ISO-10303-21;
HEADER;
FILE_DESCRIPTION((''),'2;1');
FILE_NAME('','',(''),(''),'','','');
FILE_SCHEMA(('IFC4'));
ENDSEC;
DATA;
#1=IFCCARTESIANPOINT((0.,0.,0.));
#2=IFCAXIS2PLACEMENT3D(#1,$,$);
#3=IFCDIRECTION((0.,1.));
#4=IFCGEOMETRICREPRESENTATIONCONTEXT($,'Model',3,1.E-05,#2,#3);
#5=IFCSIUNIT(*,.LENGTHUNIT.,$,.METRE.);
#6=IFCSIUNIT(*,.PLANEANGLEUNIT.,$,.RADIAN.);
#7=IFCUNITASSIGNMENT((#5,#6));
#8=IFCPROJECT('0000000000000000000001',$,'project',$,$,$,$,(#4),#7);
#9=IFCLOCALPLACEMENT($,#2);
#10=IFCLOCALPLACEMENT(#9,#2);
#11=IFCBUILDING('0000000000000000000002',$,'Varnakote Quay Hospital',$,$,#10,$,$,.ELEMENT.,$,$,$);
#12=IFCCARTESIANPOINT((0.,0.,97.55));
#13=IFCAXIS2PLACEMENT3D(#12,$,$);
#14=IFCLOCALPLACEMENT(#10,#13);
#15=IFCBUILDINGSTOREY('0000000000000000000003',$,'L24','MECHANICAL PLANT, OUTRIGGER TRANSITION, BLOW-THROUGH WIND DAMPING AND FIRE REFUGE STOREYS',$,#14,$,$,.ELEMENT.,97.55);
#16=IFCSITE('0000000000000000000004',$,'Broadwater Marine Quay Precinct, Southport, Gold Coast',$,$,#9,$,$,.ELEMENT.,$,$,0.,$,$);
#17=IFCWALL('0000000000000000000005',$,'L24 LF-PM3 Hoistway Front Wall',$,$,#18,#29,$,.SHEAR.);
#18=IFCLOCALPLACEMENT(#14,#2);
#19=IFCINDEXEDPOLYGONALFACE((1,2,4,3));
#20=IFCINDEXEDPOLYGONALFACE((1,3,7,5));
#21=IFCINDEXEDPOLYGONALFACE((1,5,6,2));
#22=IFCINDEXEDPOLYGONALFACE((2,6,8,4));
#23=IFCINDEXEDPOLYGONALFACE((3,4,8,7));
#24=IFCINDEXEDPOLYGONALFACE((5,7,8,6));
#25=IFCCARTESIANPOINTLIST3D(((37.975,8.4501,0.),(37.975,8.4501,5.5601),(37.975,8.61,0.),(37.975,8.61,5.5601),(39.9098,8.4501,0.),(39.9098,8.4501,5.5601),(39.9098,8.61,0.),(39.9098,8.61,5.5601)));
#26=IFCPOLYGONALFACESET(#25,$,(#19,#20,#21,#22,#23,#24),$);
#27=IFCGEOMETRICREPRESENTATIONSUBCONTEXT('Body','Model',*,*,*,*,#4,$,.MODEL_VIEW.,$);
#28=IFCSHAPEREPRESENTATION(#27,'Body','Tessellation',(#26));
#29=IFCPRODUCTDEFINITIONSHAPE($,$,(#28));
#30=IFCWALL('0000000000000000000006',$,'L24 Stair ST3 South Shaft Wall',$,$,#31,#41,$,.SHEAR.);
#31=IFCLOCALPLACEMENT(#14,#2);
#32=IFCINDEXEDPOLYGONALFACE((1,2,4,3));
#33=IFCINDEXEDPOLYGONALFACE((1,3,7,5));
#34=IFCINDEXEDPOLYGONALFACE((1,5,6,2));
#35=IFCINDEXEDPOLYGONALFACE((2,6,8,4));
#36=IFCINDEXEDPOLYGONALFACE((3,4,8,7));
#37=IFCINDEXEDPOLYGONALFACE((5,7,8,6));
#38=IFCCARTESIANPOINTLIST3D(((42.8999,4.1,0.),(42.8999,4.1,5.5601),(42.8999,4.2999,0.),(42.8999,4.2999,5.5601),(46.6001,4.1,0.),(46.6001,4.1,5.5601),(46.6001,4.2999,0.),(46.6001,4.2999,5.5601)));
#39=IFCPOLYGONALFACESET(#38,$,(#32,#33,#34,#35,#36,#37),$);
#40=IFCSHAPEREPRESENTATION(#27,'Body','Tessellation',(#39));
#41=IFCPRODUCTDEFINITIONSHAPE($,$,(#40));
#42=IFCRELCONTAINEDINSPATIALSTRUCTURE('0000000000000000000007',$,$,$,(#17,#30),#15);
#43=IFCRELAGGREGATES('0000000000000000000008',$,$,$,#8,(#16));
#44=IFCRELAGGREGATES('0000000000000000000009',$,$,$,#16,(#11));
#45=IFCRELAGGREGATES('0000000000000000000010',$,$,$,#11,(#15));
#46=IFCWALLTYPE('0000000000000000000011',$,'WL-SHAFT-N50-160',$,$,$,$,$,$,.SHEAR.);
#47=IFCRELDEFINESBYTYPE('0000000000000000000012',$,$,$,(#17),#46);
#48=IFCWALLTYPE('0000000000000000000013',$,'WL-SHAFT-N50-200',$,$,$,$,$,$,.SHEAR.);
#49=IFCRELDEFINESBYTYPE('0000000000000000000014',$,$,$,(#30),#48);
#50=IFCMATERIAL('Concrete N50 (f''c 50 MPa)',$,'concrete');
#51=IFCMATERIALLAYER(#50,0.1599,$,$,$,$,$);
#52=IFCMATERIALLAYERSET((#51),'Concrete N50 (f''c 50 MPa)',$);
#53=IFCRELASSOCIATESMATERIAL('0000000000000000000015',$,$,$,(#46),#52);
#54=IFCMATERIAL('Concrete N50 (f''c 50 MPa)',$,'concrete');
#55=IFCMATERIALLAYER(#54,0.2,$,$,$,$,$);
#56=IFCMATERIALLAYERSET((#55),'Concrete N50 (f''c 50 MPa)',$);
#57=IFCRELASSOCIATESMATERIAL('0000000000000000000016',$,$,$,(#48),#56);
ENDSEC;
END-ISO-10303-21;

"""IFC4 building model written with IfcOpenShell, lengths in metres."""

from ifc_helpers import new_model, si_unit, direction, frame, frame_2d, origin, place, context, subcontext, project, spatial, rectangle, extrude, material, layer, layer_set, type_object, element, save


model = new_model("IFC4")

# Units and contexts
model_context = context("Model", 3, precision=1e-05, world=origin(), true_north=direction((0.0, 1.0)))
body_context = subcontext(model_context, "Body", "Model", "MODEL_VIEW")
ifc_project = project(units=[si_unit("LENGTHUNIT", "METRE"), si_unit("PLANEANGLEUNIT", "RADIAN")], contexts=[model_context])

# Site, building, storey
site_placement = place(None, origin())
site = spatial("IfcSite", under=ifc_project, at=site_placement, Name="Broadwater Marine Quay Precinct, Southport, Gold Coast", CompositionType="ELEMENT", RefElevation=0.0)
building_placement = place(site_placement, origin())
building = spatial("IfcBuilding", under=site, at=building_placement, Name="Varnakote Quay Hospital", CompositionType="ELEMENT")
storey_placement = place(building_placement, frame((0.0, 0.0, 97.55)))
storey = spatial("IfcBuildingStorey", under=building, at=storey_placement, Name="L24", Description="MECHANICAL PLANT, OUTRIGGER TRANSITION, BLOW-THROUGH WIND DAMPING AND FIRE REFUGE STOREYS", CompositionType="ELEMENT", Elevation=97.55)

# Walls
ifc_material_1 = material(Name="Concrete N50 (f'c 50 MPa)", Category="concrete")
ifc_layer_1 = layer(ifc_material_1, 0.1599)
ifc_layer_set_1 = layer_set([ifc_layer_1], Name="Concrete N50 (f'c 50 MPa)")
wall_type_1 = type_object("IfcWallType", Name="WL-SHAFT-N50-160", PredefinedType="SHEAR", material=ifc_layer_set_1)
wall_1_placement = place(storey_placement, frame((37.9751, 8.53, 0.0), z_axis=(0.0, 0.0, 1.0), x_axis=(1.0, 0.0, 0.0)))
element("IfcWall", 1, at=wall_1_placement, inside=storey, type_object=wall_type_1, Name="L24 LF-PM3 Hoistway Front Wall", PredefinedType="SHEAR", context=body_context, shape_type="SweptSolid", body=[
    extrude(rectangle(XDim=1.9348, YDim=0.1599, at=frame_2d((0.9673, 0.0))), origin(), (0.0, 0.0, 1.0), 5.5601),
])
ifc_material_2 = material(Name="Concrete N50 (f'c 50 MPa)", Category="concrete")
ifc_layer_2 = layer(ifc_material_2, 0.2)
ifc_layer_set_2 = layer_set([ifc_layer_2], Name="Concrete N50 (f'c 50 MPa)")
wall_type_2 = type_object("IfcWallType", Name="WL-SHAFT-N50-200", PredefinedType="SHEAR", material=ifc_layer_set_2)
wall_2_placement = place(storey_placement, frame((42.8999, 4.2, 0.0), z_axis=(0.0, 0.0, 1.0), x_axis=(1.0, 0.0, 0.0)))
element("IfcWall", 2, at=wall_2_placement, inside=storey, type_object=wall_type_2, Name="L24 Stair ST3 South Shaft Wall", PredefinedType="SHEAR", context=body_context, shape_type="SweptSolid", body=[
    extrude(rectangle(XDim=3.7002, YDim=0.2, at=frame_2d((1.8501, 0.0))), origin(), (0.0, 0.0, 1.0), 5.5601),
])

save(model, "model.ifc")
